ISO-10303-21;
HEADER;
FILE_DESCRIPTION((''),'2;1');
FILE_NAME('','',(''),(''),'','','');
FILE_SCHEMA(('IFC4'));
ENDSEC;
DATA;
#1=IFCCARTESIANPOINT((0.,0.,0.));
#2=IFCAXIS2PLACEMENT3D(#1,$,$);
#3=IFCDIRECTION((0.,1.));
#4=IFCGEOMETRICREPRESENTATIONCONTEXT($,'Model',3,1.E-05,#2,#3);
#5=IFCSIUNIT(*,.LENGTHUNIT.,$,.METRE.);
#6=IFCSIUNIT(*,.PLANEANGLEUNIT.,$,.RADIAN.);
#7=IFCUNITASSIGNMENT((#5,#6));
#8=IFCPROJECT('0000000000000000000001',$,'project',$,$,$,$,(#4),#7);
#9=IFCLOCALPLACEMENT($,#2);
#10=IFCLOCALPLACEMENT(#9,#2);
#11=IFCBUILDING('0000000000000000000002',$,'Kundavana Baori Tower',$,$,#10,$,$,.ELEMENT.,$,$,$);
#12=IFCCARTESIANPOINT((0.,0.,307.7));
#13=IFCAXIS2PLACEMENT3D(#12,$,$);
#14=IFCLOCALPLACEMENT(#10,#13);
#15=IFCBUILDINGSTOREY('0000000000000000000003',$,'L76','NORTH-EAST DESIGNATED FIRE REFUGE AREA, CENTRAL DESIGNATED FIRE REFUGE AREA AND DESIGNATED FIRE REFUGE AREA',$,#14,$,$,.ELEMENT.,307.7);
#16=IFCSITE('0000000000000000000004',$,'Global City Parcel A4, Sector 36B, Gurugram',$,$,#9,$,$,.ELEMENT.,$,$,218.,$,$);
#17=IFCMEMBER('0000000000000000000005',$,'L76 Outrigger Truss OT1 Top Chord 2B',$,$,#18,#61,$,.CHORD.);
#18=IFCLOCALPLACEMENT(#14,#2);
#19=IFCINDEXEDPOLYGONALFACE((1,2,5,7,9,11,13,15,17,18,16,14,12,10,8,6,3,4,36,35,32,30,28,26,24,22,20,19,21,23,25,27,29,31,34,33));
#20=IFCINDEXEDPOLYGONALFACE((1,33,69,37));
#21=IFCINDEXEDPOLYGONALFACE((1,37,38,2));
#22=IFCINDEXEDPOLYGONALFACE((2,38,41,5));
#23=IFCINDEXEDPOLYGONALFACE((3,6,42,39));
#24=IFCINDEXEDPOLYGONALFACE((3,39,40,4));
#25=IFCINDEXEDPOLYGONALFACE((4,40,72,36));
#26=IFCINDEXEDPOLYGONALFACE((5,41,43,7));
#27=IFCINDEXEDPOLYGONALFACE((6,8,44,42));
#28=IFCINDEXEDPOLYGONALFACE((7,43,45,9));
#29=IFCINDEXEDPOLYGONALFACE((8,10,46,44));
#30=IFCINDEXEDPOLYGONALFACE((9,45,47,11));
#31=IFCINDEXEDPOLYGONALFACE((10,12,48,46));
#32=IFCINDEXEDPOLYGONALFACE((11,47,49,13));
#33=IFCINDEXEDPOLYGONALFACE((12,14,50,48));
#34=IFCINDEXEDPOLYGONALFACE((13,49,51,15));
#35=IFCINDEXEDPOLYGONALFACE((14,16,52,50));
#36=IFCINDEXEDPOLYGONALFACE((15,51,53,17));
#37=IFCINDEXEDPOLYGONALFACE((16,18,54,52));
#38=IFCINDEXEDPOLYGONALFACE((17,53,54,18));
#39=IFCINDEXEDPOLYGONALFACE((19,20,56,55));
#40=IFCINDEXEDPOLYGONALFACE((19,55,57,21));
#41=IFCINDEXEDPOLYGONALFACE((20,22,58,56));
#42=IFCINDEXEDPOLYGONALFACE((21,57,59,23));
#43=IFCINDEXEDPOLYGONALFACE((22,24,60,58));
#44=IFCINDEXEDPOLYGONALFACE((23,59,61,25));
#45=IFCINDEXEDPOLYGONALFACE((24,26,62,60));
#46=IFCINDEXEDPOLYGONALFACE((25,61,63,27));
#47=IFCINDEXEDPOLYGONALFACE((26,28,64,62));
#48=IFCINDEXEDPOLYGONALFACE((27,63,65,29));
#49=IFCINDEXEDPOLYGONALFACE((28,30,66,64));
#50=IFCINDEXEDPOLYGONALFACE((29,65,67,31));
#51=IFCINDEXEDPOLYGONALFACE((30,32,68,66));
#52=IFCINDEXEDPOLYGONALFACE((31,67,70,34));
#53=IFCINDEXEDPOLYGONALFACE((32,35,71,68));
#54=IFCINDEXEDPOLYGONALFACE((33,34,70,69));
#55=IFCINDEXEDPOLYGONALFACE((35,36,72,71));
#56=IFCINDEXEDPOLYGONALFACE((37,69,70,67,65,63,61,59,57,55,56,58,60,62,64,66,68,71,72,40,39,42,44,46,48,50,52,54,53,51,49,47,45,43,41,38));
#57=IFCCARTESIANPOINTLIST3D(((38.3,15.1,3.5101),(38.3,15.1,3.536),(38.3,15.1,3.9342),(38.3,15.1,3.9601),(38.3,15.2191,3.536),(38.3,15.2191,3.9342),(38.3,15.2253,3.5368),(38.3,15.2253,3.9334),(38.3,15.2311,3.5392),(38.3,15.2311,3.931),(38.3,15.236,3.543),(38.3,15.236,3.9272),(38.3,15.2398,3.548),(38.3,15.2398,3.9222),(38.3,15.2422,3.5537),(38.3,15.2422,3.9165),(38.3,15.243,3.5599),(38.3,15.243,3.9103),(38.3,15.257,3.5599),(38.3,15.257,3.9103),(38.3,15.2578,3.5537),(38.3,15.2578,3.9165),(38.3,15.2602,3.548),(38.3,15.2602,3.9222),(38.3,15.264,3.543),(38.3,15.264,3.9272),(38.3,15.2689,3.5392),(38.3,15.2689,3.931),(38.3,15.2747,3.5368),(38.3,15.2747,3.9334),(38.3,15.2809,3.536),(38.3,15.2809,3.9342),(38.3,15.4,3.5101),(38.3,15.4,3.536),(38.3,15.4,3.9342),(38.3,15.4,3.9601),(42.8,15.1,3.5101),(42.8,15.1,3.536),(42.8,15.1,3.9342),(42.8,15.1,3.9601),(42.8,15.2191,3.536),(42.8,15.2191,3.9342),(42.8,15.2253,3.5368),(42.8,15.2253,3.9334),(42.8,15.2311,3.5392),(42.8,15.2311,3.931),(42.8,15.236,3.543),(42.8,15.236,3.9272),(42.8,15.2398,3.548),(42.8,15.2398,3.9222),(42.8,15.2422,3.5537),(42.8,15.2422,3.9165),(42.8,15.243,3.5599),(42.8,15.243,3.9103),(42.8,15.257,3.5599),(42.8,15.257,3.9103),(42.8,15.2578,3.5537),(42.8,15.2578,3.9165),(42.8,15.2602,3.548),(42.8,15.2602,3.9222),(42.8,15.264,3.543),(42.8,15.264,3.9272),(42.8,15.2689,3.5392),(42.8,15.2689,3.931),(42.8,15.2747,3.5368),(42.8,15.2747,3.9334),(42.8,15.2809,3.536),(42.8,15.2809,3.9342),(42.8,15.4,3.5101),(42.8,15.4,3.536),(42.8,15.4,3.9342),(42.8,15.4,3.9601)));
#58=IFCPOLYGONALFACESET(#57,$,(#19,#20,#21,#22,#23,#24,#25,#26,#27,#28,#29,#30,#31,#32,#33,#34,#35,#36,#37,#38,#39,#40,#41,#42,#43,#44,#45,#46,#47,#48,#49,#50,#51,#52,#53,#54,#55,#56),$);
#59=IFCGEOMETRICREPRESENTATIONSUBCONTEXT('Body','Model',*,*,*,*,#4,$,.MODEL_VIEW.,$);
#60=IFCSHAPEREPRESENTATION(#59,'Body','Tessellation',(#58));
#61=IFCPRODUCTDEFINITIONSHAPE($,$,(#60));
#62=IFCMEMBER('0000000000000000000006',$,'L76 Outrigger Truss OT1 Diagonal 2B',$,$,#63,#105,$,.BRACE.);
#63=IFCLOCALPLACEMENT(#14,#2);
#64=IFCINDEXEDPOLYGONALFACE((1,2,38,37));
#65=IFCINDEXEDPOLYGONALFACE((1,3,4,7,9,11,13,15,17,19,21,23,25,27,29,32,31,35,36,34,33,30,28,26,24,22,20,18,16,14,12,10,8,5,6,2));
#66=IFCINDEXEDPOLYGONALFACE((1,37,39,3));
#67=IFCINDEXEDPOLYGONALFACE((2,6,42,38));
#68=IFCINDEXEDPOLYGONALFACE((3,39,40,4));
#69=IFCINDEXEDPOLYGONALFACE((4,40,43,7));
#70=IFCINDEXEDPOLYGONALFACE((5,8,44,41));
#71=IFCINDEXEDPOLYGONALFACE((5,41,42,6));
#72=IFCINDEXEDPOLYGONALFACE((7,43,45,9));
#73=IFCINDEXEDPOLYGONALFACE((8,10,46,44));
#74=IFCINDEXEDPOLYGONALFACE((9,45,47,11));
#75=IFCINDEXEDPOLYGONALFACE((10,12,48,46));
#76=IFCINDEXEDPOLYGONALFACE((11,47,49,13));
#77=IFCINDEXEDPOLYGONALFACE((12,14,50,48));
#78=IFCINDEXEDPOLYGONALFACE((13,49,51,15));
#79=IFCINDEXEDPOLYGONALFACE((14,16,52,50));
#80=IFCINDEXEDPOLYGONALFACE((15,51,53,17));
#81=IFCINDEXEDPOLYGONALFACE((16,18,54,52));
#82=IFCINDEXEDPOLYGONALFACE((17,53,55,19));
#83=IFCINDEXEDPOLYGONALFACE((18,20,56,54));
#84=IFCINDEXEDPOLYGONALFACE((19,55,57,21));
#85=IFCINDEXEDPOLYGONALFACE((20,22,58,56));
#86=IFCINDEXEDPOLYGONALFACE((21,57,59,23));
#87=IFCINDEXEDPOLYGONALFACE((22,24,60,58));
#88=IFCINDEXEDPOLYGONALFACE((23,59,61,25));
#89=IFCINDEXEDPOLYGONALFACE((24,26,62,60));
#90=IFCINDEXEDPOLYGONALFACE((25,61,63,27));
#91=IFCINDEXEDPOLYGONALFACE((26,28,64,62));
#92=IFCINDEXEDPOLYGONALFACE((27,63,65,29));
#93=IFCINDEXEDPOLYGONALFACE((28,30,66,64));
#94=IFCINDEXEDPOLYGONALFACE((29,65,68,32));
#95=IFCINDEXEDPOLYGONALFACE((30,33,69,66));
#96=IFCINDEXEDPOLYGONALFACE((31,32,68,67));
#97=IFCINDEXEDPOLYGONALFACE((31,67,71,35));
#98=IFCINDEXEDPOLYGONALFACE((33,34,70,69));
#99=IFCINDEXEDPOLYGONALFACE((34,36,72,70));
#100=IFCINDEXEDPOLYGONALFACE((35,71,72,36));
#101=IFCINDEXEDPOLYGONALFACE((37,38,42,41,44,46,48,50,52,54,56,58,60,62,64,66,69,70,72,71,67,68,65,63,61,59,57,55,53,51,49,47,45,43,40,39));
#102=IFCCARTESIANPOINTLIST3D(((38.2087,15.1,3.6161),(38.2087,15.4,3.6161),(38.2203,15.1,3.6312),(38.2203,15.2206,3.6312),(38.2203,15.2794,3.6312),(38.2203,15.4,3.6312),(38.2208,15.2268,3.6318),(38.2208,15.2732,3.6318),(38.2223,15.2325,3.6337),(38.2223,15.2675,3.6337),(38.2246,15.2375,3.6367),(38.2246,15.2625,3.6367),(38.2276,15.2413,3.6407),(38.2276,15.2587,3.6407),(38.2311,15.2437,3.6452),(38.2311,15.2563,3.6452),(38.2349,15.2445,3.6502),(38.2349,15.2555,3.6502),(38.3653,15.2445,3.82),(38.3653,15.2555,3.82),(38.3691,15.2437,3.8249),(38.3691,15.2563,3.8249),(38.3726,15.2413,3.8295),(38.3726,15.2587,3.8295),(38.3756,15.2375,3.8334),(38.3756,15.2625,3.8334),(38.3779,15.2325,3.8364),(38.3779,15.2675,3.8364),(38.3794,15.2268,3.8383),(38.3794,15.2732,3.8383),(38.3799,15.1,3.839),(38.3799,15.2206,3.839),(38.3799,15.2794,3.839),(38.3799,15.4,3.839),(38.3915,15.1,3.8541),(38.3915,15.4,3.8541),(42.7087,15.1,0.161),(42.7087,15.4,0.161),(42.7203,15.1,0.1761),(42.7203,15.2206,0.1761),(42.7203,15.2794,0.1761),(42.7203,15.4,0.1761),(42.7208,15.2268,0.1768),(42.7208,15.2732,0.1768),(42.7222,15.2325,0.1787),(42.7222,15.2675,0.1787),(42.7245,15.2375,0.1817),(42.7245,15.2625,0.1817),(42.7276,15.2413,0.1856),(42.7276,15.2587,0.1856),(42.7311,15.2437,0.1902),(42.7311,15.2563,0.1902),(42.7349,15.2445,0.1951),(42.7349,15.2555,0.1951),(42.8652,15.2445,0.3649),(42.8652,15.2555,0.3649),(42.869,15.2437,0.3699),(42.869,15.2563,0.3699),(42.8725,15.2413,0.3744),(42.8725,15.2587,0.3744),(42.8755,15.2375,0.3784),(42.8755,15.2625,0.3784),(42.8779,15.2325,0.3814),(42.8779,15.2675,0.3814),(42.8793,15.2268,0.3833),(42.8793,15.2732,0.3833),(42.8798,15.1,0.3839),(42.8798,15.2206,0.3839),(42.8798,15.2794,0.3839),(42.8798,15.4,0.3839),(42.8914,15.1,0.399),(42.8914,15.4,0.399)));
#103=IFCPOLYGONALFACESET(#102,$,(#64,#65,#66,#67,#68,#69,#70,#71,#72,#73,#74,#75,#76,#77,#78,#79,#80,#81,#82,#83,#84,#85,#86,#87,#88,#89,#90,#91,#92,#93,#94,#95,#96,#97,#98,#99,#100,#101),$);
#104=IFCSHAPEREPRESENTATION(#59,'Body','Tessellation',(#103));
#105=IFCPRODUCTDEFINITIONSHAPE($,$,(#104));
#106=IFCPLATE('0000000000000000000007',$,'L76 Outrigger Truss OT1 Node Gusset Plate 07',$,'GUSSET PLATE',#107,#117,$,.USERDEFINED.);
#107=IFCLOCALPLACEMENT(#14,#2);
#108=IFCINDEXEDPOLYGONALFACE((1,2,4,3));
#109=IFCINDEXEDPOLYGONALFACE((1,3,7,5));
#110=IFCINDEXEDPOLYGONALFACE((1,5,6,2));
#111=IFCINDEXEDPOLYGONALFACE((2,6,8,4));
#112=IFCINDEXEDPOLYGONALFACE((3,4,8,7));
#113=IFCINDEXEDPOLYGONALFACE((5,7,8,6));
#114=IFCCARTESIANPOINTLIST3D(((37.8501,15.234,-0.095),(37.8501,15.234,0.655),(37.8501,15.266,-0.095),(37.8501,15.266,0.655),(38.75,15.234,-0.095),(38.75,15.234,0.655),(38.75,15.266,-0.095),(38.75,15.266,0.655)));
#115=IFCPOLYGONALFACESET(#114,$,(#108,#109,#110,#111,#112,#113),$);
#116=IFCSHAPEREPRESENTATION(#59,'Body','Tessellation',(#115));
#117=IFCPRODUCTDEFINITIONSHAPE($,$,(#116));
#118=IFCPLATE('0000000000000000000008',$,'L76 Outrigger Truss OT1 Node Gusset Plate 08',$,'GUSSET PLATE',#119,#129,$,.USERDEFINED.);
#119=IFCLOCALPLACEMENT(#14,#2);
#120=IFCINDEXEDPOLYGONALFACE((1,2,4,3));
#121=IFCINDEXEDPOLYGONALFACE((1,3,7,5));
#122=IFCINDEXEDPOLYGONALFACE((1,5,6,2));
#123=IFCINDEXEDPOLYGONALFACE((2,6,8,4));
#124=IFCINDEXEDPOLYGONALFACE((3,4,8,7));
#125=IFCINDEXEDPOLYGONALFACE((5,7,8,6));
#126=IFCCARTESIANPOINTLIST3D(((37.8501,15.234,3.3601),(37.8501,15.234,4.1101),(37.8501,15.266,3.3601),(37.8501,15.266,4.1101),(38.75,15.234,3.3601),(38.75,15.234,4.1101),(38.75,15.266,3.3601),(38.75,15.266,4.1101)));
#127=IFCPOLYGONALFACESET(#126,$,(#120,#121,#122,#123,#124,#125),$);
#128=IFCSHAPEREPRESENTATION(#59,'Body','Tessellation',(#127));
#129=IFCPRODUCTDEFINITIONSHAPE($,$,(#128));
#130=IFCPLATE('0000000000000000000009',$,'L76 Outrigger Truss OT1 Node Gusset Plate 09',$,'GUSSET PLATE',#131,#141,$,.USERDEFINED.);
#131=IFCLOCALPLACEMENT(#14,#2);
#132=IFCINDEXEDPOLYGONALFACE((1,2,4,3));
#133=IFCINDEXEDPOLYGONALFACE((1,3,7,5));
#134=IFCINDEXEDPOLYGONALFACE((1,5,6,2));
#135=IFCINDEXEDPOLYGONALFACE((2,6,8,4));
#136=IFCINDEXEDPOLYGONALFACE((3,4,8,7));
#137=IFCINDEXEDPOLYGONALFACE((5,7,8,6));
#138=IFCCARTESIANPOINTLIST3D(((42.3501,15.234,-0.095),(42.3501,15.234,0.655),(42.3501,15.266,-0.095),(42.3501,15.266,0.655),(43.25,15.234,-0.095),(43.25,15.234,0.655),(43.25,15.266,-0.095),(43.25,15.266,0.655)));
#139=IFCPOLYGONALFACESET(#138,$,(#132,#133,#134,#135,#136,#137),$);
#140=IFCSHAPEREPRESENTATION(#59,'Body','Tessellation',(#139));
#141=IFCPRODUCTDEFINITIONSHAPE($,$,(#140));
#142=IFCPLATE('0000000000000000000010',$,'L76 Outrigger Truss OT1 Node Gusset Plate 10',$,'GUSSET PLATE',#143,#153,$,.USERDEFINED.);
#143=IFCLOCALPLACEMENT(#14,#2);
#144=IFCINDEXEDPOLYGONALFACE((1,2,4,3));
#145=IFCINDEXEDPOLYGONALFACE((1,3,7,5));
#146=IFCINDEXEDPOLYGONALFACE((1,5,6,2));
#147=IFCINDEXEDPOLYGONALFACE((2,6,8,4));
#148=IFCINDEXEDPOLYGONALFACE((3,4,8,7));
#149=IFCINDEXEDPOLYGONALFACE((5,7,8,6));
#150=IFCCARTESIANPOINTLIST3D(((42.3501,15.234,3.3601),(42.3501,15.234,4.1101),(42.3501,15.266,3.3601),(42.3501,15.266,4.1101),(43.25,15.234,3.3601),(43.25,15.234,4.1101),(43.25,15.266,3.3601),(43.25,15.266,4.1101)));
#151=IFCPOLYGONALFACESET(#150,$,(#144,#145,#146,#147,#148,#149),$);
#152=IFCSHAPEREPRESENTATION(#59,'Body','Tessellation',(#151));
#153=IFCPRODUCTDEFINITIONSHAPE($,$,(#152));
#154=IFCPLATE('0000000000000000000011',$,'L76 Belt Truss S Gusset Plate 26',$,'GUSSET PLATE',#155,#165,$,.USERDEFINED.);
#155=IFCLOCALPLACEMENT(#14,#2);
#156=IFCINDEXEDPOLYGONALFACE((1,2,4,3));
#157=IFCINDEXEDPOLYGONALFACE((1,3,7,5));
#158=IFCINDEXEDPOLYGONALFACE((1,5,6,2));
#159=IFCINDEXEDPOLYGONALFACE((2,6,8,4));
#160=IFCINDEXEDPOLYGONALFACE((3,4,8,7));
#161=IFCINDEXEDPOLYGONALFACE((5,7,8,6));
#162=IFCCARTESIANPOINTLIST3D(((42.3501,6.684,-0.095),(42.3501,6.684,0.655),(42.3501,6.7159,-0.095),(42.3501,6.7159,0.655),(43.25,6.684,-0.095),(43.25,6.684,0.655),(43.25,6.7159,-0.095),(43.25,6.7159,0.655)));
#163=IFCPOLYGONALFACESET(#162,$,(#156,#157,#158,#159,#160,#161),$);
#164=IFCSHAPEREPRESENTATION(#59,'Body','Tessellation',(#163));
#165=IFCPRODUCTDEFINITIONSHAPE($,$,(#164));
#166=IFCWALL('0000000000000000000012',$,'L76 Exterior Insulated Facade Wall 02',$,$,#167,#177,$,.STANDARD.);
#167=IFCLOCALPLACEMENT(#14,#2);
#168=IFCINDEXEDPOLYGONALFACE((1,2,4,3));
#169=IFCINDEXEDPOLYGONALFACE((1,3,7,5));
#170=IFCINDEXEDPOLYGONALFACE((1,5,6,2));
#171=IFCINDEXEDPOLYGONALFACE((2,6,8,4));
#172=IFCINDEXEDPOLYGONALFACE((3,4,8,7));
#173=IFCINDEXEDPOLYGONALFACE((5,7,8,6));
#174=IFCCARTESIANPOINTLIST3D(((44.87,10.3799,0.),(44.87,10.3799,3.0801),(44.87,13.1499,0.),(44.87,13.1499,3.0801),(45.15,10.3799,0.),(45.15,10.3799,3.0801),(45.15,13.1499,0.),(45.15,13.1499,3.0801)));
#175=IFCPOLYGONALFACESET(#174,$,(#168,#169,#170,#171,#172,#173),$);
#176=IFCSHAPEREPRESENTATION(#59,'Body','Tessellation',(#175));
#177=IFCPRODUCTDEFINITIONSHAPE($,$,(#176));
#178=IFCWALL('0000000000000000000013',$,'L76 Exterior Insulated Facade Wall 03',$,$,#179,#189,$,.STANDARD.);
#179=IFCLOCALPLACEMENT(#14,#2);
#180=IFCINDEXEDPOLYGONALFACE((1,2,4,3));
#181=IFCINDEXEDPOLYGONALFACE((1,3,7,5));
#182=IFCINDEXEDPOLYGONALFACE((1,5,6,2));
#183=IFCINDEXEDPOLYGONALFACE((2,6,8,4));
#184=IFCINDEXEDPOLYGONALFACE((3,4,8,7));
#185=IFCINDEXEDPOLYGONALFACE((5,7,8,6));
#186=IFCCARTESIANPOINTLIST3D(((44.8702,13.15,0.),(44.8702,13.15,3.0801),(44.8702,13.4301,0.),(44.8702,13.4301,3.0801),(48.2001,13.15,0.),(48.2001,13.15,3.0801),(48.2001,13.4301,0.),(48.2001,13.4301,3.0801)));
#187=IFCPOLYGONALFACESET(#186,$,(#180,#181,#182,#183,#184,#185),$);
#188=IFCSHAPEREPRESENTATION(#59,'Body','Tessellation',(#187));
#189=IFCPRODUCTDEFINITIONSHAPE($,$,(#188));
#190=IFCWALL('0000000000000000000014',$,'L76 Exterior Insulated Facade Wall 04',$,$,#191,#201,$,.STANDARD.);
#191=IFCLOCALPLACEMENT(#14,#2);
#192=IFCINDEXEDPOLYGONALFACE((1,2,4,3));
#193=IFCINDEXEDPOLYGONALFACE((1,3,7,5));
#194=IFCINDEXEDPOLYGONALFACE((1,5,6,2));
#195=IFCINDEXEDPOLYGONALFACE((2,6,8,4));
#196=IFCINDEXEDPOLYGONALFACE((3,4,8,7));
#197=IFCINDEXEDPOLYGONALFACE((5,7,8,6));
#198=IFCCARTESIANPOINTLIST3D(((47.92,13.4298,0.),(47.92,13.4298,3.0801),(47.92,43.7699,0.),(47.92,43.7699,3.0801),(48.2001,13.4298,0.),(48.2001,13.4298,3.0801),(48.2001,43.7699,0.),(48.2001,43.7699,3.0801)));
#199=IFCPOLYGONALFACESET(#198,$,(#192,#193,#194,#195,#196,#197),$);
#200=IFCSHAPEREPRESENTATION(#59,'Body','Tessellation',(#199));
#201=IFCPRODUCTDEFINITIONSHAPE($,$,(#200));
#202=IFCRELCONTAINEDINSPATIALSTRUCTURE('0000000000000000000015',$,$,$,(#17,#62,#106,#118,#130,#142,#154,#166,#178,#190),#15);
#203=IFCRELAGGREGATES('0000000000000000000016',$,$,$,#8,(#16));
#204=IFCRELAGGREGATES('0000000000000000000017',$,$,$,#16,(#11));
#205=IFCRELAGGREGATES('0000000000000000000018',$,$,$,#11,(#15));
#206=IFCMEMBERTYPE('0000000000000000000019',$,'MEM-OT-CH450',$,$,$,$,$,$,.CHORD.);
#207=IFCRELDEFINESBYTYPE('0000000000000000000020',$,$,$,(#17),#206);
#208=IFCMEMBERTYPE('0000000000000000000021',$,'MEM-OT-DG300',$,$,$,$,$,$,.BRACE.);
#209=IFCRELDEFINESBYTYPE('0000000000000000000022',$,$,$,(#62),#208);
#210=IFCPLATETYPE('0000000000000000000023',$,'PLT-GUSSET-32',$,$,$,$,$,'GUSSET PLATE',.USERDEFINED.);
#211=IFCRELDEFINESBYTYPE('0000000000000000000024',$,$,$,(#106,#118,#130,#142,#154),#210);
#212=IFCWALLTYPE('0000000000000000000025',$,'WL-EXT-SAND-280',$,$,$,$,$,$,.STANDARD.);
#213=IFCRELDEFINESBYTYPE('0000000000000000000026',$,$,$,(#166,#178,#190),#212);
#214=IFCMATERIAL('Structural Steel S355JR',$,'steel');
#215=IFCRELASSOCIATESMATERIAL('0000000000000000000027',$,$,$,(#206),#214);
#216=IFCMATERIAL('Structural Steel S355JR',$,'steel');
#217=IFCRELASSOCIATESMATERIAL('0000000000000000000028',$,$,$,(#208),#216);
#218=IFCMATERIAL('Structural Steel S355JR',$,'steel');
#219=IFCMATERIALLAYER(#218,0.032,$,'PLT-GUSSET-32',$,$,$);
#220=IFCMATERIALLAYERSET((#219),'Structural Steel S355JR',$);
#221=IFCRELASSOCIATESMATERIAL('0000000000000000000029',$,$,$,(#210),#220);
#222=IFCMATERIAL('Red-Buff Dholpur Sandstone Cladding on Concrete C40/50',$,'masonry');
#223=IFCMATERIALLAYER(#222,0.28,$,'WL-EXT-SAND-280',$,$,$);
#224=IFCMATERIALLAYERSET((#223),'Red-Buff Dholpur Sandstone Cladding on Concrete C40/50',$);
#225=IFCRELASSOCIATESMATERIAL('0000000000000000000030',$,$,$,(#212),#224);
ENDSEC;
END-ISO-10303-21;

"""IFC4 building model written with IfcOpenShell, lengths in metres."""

from ifc_helpers import new_model, si_unit, direction, frame, frame_2d, origin, origin_2d, place, context, subcontext, project, spatial, rectangle, i_section, extrude, material, layer, layer_set, material_profile, profile_set, type_object, element, save


model = new_model("IFC4")

# Units and contexts
model_context = context("Model", 3, precision=1e-05, world=origin(), true_north=direction((0.0, 1.0)))
body_context = subcontext(model_context, "Body", "Model", "MODEL_VIEW")
ifc_project = project(units=[si_unit("LENGTHUNIT", "METRE"), si_unit("PLANEANGLEUNIT", "RADIAN")], contexts=[model_context])

# Site, building, storey
site_placement = place(None, origin())
site = spatial("IfcSite", under=ifc_project, at=site_placement, Name="Global City Parcel A4, Sector 36B, Gurugram", CompositionType="ELEMENT", RefElevation=218.0)
building_placement = place(site_placement, origin())
building = spatial("IfcBuilding", under=site, at=building_placement, Name="Kundavana Baori Tower", CompositionType="ELEMENT")
storey_placement = place(building_placement, frame((0.0, 0.0, 307.7)))
storey = spatial("IfcBuildingStorey", under=building, at=storey_placement, Name="L76", Description="NORTH-EAST DESIGNATED FIRE REFUGE AREA, CENTRAL DESIGNATED FIRE REFUGE AREA AND DESIGNATED FIRE REFUGE AREA", CompositionType="ELEMENT", Elevation=307.7)

# Members
ifc_material_1 = material(Name="Structural Steel S355JR", Category="steel")
ifc_material_profile_1 = material_profile(ifc_material_1, i_section(OverallWidth=0.3, OverallDepth=0.45, WebThickness=0.0139, FlangeThickness=0.0259, FilletRadius=0.0239, at=origin_2d()), Name="WPB 450x300x142")
ifc_profile_set_1 = profile_set([ifc_material_profile_1], Name="Structural Steel S355JR")
member_type_1 = type_object("IfcMemberType", Name="MEM-OT-CH450", PredefinedType="CHORD", material=ifc_profile_set_1)
member_1_placement = place(storey_placement, frame((38.3, 15.25, 3.7351), z_axis=(1.0, 0.0, 0.0), x_axis=(0.0, 1.0, 0.0)))
element("IfcMember", 1, at=member_1_placement, inside=storey, type_object=member_type_1, Name="L76 Outrigger Truss OT1 Top Chord 2B", PredefinedType="CHORD", context=body_context, shape_type="SweptSolid", body=[
    extrude(i_section(OverallWidth=0.3, OverallDepth=0.45, WebThickness=0.0139, FlangeThickness=0.0259, FilletRadius=0.0239, at=origin_2d()), origin(), (0.0, 0.0, 1.0), 4.5),
])
ifc_material_2 = material(Name="Structural Steel S355JR", Category="steel")
ifc_material_profile_2 = material_profile(ifc_material_2, i_section(OverallWidth=0.3, OverallDepth=0.3, WebThickness=0.011, FlangeThickness=0.019, FilletRadius=0.0239, at=origin_2d()), Name="WPB 300x300x117")
ifc_profile_set_2 = profile_set([ifc_material_profile_2], Name="Structural Steel S355JR")
member_type_2 = type_object("IfcMemberType", Name="MEM-OT-DG300", PredefinedType="BRACE", material=ifc_profile_set_2)
member_2_placement = place(storey_placement, frame((42.8, 15.25, 0.28), z_axis=(-0.793174, 0.0, 0.608995), x_axis=(0.0, -1.0, 0.0)))
element("IfcMember", 2, at=member_2_placement, inside=storey, type_object=member_type_2, Name="L76 Outrigger Truss OT1 Diagonal 2B", PredefinedType="BRACE", context=body_context, shape_type="SweptSolid", body=[
    extrude(i_section(OverallWidth=0.3, OverallDepth=0.3, WebThickness=0.011, FlangeThickness=0.019, FilletRadius=0.0239, at=origin_2d()), origin(), (0.0, 0.0, 1.0), 5.6733),
])

# Plates
ifc_material_3 = material(Name="Structural Steel S355JR", Category="steel")
ifc_layer_1 = layer(ifc_material_3, 0.032, Name="PLT-GUSSET-32")
ifc_layer_set_1 = layer_set([ifc_layer_1], Name="Structural Steel S355JR")
plate_type = type_object("IfcPlateType", Name="PLT-GUSSET-32", ElementType="GUSSET PLATE", PredefinedType="USERDEFINED", material=ifc_layer_set_1)
for number, where, z_axis, x_axis, name in (
    (3, (38.3, 15.25, -0.095), (0.0, 0.0, 1.0), (1.0, 0.0, 0.0), "L76 Outrigger Truss OT1 Node Gusset Plate 07"),
    (4, (38.3, 15.25, 3.3601), (0.0, 0.0, 1.0), (1.0, 0.0, 0.0), "L76 Outrigger Truss OT1 Node Gusset Plate 08"),
    (5, (42.8, 15.25, -0.095), (0.0, 0.0, 1.0), (1.0, 0.0, 0.0), "L76 Outrigger Truss OT1 Node Gusset Plate 09"),
    (6, (42.8, 15.25, 3.3601), (0.0, 0.0, 1.0), (1.0, 0.0, 0.0), "L76 Outrigger Truss OT1 Node Gusset Plate 10"),
    (7, (42.8, 6.7, -0.095), (0.0, 0.0, 1.0), (1.0, 0.0, 0.0), "L76 Belt Truss S Gusset Plate 26"),
):
    element("IfcPlate", number, at=place(storey_placement, frame(where, z_axis=z_axis, x_axis=x_axis)), inside=storey, type_object=plate_type, Name=name, ObjectType="GUSSET PLATE", PredefinedType="USERDEFINED", context=body_context, shape_type="SweptSolid", body=[
        extrude(rectangle(XDim=0.8999, YDim=0.032, at=origin_2d()), origin(), (0.0, 0.0, 1.0), 0.75),
    ])

# Walls
ifc_material_4 = material(Name="Red-Buff Dholpur Sandstone Cladding on Concrete C40/50", Category="masonry")
ifc_layer_2 = layer(ifc_material_4, 0.28, Name="WL-EXT-SAND-280")
ifc_layer_set_2 = layer_set([ifc_layer_2], Name="Red-Buff Dholpur Sandstone Cladding on Concrete C40/50")
wall_type = type_object("IfcWallType", Name="WL-EXT-SAND-280", PredefinedType="STANDARD", material=ifc_layer_set_2)
wall_1_placement = place(storey_placement, frame((45.01, 10.3799, 0.0), z_axis=(0.0, 0.0, 1.0), x_axis=(0.0, 1.0, 0.0)))
element("IfcWall", 8, at=wall_1_placement, inside=storey, type_object=wall_type, Name="L76 Exterior Insulated Facade Wall 02", PredefinedType="STANDARD", context=body_context, shape_type="SweptSolid", body=[
    extrude(rectangle(XDim=2.77, YDim=0.28, at=frame_2d((1.385, 0.0))), origin(), (0.0, 0.0, 1.0), 3.0801),
])
wall_2_placement = place(storey_placement, frame((44.8701, 13.29, 0.0), z_axis=(0.0, 0.0, 1.0), x_axis=(1.0, 0.0, 0.0)))
element("IfcWall", 9, at=wall_2_placement, inside=storey, type_object=wall_type, Name="L76 Exterior Insulated Facade Wall 03", PredefinedType="STANDARD", context=body_context, shape_type="SweptSolid", body=[
    extrude(rectangle(XDim=3.3298, YDim=0.28, at=frame_2d((1.665, 0.0))), origin(), (0.0, 0.0, 1.0), 3.0801),
])
wall_3_placement = place(storey_placement, frame((48.0601, 13.4299, 0.0), z_axis=(0.0, 0.0, 1.0), x_axis=(0.0, 1.0, 0.0)))
element("IfcWall", 10, at=wall_3_placement, inside=storey, type_object=wall_type, Name="L76 Exterior Insulated Facade Wall 04", PredefinedType="STANDARD", context=body_context, shape_type="SweptSolid", body=[
    extrude(rectangle(XDim=30.3401, YDim=0.28, at=frame_2d((15.1699, 0.0))), origin(), (0.0, 0.0, 1.0), 3.0801),
])

save(model, "model.ifc")
